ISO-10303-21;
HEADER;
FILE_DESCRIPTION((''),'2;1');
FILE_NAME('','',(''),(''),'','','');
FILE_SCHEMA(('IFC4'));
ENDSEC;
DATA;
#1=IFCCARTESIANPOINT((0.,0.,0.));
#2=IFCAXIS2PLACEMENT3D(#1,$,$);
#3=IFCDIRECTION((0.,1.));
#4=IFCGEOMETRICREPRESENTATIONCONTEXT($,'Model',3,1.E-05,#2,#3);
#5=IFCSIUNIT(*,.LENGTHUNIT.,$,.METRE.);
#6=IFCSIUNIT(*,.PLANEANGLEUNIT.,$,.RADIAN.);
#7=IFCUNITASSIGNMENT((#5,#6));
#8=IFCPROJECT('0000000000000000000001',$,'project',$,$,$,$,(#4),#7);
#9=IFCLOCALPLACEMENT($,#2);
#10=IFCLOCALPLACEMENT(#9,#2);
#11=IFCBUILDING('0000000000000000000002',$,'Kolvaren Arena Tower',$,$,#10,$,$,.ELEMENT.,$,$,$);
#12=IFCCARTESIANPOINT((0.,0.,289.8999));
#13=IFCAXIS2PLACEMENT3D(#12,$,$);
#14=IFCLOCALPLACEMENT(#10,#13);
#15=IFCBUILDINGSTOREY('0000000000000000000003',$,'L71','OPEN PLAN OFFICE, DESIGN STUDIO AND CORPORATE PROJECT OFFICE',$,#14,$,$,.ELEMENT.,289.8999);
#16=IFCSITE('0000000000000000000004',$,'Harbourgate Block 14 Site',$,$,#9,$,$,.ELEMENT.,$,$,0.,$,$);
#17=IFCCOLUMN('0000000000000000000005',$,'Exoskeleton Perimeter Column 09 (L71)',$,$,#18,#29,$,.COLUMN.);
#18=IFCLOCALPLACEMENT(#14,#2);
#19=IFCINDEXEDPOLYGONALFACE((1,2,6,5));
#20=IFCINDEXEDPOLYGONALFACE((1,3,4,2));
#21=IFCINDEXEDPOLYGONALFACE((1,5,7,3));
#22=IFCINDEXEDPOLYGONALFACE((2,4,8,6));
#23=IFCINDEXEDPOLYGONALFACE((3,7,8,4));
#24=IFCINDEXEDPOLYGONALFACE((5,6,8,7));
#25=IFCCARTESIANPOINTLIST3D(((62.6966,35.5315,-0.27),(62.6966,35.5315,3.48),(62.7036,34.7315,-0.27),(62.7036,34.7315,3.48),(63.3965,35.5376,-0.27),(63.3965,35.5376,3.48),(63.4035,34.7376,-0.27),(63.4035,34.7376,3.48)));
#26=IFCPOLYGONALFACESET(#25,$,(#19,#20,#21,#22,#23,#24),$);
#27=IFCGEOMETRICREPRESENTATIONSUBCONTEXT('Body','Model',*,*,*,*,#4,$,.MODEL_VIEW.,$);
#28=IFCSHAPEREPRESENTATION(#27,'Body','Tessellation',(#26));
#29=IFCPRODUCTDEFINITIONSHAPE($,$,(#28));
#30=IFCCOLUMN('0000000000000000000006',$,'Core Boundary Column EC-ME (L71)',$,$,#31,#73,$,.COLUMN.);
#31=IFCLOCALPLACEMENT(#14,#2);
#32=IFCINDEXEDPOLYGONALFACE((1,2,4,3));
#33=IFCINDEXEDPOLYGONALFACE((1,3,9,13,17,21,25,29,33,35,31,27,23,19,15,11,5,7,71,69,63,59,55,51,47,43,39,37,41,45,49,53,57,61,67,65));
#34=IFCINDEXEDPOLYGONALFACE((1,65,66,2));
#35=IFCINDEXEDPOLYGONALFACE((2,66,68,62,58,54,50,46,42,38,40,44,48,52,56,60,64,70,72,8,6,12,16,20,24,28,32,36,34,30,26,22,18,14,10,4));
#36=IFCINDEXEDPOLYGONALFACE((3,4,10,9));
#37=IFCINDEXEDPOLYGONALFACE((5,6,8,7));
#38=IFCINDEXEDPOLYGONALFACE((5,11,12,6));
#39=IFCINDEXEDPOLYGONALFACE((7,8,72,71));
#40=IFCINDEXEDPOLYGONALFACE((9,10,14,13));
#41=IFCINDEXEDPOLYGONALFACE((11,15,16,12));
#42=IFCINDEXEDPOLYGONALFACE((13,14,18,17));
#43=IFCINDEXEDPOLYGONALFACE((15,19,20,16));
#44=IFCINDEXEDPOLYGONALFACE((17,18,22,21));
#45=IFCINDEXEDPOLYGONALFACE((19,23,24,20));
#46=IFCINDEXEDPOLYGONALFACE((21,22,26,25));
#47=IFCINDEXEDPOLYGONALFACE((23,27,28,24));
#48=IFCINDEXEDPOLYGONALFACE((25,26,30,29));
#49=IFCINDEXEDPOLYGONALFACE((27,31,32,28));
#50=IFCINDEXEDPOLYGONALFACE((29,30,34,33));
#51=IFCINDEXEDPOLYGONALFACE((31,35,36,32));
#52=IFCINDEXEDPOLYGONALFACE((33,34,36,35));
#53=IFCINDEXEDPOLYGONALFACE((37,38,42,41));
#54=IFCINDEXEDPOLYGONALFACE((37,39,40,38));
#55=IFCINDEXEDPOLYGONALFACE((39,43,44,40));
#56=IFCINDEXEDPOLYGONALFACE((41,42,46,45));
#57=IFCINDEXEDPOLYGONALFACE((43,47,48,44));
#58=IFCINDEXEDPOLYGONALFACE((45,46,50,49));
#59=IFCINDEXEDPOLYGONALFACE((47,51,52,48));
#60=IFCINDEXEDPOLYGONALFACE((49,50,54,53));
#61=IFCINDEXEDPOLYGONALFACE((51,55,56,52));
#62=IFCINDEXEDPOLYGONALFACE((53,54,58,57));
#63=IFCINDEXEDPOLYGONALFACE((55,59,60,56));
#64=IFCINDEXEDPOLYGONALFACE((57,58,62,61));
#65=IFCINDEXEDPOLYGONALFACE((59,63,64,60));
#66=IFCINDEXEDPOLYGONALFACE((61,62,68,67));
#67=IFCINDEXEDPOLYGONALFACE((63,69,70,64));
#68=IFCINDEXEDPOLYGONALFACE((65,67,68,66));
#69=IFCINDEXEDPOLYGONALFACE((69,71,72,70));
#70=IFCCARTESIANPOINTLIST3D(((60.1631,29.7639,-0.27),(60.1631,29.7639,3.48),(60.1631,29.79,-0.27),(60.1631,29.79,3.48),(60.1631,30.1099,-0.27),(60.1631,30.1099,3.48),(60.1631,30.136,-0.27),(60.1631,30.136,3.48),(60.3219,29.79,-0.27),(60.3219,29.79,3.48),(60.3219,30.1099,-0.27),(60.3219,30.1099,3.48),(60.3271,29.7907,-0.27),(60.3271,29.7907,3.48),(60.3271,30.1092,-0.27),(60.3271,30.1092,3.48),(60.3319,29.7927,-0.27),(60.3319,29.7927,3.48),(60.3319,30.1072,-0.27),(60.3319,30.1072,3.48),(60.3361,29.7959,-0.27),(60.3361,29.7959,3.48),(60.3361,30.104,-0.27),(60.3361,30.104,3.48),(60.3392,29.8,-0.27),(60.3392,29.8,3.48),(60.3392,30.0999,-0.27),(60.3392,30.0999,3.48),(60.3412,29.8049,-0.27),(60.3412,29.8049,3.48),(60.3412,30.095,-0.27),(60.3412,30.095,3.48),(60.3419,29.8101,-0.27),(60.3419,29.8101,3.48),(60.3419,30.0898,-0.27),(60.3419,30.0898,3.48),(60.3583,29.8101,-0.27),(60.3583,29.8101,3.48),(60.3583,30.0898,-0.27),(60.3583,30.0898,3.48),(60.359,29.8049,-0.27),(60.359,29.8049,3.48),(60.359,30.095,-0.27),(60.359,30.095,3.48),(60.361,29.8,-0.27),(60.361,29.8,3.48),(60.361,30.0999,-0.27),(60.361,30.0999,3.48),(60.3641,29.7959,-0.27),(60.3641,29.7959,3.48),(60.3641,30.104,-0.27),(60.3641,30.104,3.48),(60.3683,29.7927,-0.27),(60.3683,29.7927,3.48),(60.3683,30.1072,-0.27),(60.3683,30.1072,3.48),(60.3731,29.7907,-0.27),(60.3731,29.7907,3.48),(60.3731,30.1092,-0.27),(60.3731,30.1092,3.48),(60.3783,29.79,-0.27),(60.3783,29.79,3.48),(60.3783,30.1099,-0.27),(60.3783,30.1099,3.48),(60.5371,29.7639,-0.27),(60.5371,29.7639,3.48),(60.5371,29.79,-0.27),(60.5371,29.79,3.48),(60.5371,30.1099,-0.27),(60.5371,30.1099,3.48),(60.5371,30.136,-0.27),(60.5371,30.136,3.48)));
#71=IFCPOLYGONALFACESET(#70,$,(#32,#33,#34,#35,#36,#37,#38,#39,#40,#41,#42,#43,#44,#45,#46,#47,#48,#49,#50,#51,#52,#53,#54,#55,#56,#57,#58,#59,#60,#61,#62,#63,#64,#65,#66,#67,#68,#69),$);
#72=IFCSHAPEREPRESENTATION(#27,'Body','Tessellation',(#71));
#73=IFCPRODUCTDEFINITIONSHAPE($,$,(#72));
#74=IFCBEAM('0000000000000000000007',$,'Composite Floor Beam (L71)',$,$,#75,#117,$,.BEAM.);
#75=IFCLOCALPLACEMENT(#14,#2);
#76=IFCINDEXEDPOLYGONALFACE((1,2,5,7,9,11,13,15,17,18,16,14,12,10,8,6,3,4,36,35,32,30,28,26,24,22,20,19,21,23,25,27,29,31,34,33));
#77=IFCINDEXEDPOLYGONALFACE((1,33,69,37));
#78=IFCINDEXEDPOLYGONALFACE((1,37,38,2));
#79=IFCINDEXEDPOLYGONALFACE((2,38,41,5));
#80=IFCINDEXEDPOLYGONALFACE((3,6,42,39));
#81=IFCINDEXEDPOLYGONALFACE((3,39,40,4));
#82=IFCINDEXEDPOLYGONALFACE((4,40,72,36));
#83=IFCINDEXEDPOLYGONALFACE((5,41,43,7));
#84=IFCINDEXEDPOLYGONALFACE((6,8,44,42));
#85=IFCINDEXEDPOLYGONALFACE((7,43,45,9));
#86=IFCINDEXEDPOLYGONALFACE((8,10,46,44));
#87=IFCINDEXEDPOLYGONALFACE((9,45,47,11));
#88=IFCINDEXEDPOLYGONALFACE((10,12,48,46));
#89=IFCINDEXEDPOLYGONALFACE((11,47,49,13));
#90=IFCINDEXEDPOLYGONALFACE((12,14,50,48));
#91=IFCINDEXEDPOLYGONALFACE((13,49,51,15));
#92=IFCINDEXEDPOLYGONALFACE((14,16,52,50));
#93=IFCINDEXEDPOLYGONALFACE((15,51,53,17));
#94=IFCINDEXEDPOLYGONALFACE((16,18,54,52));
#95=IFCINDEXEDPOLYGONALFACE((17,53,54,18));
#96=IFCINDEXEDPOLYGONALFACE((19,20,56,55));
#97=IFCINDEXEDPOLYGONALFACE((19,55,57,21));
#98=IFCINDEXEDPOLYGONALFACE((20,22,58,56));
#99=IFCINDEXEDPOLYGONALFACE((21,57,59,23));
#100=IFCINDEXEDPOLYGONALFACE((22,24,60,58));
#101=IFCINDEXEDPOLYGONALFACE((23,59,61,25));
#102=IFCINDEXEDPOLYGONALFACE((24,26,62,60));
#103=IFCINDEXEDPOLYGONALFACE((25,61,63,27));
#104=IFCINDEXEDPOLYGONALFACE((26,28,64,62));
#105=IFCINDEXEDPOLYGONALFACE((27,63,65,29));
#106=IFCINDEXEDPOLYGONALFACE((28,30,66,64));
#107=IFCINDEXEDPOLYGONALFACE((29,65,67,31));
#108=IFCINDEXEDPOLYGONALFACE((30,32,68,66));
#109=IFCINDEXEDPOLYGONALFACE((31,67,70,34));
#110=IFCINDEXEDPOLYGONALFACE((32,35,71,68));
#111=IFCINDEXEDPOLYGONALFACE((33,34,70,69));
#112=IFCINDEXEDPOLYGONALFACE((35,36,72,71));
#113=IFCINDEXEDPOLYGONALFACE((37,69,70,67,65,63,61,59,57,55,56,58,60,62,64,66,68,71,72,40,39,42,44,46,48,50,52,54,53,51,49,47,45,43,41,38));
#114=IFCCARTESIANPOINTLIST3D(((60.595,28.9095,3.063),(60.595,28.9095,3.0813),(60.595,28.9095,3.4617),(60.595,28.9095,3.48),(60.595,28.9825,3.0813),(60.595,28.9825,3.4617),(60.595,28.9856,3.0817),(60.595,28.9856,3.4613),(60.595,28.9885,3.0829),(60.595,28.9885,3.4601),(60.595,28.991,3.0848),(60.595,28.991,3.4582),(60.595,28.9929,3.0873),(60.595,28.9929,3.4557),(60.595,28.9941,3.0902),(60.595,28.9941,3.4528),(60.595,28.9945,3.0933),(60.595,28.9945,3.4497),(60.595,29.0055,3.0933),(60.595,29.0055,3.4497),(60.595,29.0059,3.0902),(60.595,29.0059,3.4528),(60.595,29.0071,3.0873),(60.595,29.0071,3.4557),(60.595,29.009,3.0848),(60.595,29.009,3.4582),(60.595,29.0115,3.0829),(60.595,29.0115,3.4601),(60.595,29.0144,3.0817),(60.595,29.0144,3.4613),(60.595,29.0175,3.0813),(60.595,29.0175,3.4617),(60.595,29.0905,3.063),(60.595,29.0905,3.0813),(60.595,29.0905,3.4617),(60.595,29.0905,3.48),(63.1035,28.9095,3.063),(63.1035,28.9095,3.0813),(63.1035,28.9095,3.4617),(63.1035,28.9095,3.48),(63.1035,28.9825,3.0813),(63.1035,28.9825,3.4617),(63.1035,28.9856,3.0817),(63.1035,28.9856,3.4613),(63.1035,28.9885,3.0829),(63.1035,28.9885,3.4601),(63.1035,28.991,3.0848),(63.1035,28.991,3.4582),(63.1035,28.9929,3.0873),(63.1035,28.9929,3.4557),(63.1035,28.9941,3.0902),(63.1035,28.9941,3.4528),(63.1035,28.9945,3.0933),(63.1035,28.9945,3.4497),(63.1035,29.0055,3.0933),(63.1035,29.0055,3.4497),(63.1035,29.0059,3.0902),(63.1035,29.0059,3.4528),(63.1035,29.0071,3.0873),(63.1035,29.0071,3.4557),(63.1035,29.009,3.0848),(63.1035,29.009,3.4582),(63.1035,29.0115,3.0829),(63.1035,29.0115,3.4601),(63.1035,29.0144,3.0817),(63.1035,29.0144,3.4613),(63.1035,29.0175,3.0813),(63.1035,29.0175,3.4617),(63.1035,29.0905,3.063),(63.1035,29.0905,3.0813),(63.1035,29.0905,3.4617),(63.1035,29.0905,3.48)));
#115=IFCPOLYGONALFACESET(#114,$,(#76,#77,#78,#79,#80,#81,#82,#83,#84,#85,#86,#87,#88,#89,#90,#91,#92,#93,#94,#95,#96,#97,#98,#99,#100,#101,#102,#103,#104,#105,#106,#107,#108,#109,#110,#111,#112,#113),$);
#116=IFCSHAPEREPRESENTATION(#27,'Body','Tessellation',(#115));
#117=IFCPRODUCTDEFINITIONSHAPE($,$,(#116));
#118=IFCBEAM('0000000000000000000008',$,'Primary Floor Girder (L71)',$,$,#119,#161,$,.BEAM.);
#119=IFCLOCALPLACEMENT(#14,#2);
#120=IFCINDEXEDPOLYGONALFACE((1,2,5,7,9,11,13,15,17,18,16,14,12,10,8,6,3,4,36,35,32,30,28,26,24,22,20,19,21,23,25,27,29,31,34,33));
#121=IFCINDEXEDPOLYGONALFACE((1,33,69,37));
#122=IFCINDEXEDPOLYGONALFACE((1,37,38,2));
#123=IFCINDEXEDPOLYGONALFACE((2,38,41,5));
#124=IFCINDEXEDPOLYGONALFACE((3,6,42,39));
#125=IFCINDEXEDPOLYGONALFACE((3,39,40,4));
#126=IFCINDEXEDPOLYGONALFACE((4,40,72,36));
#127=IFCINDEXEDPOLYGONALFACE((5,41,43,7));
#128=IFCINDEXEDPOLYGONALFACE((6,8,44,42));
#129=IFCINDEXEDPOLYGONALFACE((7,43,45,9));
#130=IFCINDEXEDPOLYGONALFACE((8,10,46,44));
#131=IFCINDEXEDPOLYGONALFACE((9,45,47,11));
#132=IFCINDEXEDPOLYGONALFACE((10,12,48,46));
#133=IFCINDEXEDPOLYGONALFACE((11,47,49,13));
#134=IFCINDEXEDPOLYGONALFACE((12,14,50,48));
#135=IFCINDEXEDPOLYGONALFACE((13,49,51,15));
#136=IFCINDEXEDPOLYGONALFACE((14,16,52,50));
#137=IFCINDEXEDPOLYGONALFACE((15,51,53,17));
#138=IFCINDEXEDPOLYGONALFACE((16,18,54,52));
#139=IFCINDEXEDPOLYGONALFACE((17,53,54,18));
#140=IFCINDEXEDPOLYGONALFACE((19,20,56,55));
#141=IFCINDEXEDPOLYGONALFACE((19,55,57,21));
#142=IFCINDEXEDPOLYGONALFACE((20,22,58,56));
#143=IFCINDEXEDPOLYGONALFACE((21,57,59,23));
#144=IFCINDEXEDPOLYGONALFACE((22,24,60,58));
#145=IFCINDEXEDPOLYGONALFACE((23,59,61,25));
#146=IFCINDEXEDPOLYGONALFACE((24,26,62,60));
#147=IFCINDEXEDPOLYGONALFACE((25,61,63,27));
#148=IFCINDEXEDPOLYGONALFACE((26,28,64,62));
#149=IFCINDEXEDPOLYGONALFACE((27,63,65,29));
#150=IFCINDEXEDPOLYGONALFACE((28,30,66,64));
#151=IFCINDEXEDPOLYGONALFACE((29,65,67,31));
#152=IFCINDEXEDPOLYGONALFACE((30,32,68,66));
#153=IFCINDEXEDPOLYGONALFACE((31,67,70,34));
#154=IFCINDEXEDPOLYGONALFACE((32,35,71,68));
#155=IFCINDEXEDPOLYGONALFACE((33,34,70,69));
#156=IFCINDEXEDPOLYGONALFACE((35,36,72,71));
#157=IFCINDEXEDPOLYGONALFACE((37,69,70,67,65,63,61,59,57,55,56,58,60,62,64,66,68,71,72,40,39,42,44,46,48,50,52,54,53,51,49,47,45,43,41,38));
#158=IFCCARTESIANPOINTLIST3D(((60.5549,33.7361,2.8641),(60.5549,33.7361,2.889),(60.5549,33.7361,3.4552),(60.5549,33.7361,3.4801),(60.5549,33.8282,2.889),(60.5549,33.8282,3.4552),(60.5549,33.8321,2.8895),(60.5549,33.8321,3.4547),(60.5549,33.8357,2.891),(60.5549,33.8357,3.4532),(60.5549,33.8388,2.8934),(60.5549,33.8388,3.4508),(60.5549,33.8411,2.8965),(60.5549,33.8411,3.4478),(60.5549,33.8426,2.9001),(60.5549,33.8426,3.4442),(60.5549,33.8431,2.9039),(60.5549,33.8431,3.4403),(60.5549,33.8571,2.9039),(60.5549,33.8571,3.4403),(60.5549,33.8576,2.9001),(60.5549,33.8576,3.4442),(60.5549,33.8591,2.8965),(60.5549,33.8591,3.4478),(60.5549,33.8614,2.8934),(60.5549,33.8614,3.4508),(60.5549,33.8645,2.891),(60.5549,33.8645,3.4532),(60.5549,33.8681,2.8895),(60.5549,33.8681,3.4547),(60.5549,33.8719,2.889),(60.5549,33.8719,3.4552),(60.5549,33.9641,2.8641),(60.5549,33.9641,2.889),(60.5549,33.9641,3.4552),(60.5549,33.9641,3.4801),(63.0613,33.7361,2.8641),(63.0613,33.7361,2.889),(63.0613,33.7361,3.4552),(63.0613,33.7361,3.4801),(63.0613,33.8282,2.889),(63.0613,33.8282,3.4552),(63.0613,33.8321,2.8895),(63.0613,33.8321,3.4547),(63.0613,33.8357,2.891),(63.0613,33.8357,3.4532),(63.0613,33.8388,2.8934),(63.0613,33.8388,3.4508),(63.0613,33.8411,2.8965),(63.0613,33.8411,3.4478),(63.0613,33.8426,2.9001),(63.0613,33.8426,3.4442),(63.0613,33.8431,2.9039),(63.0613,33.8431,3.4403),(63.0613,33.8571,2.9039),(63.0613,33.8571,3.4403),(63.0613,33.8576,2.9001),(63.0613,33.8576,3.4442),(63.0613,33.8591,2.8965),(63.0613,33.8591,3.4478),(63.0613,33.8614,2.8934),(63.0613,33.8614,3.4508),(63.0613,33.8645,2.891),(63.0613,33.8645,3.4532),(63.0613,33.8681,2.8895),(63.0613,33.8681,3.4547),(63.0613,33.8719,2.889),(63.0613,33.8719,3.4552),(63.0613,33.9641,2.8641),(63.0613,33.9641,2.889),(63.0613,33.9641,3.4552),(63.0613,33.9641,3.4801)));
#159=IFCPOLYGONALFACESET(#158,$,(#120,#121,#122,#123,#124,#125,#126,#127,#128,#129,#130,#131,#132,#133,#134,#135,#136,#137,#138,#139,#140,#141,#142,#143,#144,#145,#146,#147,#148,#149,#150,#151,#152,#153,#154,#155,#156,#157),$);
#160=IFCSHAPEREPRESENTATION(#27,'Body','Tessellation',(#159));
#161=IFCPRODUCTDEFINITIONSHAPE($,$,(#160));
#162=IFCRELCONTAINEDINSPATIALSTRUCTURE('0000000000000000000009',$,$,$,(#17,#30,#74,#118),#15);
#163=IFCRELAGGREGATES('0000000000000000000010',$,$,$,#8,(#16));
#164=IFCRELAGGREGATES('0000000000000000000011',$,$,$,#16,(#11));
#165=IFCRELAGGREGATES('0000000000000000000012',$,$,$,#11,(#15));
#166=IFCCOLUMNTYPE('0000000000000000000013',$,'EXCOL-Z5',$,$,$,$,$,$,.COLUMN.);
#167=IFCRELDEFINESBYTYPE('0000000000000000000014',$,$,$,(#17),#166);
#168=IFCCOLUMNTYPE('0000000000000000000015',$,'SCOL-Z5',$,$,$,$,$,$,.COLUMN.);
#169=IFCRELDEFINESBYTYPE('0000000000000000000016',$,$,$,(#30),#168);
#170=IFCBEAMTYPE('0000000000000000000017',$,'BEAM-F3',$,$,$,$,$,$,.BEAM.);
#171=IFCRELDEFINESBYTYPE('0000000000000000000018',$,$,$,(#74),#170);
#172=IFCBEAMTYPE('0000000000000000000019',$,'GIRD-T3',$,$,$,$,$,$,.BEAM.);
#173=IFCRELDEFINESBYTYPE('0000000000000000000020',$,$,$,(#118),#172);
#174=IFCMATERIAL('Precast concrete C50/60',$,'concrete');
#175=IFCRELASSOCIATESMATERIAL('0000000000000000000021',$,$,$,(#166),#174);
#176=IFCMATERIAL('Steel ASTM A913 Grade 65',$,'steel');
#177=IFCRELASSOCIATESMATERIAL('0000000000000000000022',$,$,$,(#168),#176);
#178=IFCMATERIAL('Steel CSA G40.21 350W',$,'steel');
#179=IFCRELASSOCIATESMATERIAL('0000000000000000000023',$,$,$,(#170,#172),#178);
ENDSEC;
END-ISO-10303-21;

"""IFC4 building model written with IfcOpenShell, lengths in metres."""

from ifc_helpers import new_model, si_unit, direction, frame, origin, origin_2d, place, context, subcontext, project, spatial, rectangle, i_section, extrude, material, material_profile, profile_set, type_object, element, save


model = new_model("IFC4")

# Units and contexts
model_context = context("Model", 3, precision=1e-05, world=origin(), true_north=direction((0.0, 1.0)))
body_context = subcontext(model_context, "Body", "Model", "MODEL_VIEW")
ifc_project = project(units=[si_unit("LENGTHUNIT", "METRE"), si_unit("PLANEANGLEUNIT", "RADIAN")], contexts=[model_context])

# Site, building, storey
site_placement = place(None, origin())
site = spatial("IfcSite", under=ifc_project, at=site_placement, Name="Harbourgate Block 14 Site", CompositionType="ELEMENT", RefElevation=0.0)
building_placement = place(site_placement, origin())
building = spatial("IfcBuilding", under=site, at=building_placement, Name="Kolvaren Arena Tower", CompositionType="ELEMENT")
storey_placement = place(building_placement, frame((0.0, 0.0, 289.8999)))
storey = spatial("IfcBuildingStorey", under=building, at=storey_placement, Name="L71", Description="OPEN PLAN OFFICE, DESIGN STUDIO AND CORPORATE PROJECT OFFICE", CompositionType="ELEMENT", Elevation=289.8999)

# Columns
ifc_material_1 = material(Name="Precast concrete C50/60", Category="concrete")
ifc_material_profile_1 = material_profile(ifc_material_1, rectangle(XDim=0.8, YDim=0.7, at=origin_2d()), Name="RC-800x700")
ifc_profile_set_1 = profile_set([ifc_material_profile_1], Name="Precast concrete C50/60")
column_type_1 = type_object("IfcColumnType", Name="EXCOL-Z5", PredefinedType="COLUMN", material=ifc_profile_set_1)
column_1_placement = place(storey_placement, frame((63.05, 35.1345, -0.27), z_axis=(0.0, 0.0, 1.0), x_axis=(-0.008727, 0.999962, 0.0)))
element("IfcColumn", 1, at=column_1_placement, inside=storey, type_object=column_type_1, Name="Exoskeleton Perimeter Column 09 (L71)", PredefinedType="COLUMN", context=body_context, shape_type="SweptSolid", body=[
    extrude(rectangle(XDim=0.8, YDim=0.7, at=origin_2d()), origin(), (0.0, 0.0, 1.0), 3.75),
])
ifc_material_2 = material(Name="Steel ASTM A913 Grade 65", Category="steel")
ifc_material_profile_2 = material_profile(ifc_material_2, i_section(OverallWidth=0.374, OverallDepth=0.3721, WebThickness=0.0164, FlangeThickness=0.0261, FilletRadius=0.02, at=origin_2d()), Name="W360x196")
ifc_profile_set_2 = profile_set([ifc_material_profile_2], Name="Steel ASTM A913 Grade 65")
column_type_2 = type_object("IfcColumnType", Name="SCOL-Z5", PredefinedType="COLUMN", material=ifc_profile_set_2)
column_2_placement = place(storey_placement, frame((60.3501, 29.95, -0.27), z_axis=(0.0, 0.0, 1.0), x_axis=(1.0, 0.0, 0.0)))
element("IfcColumn", 2, at=column_2_placement, inside=storey, type_object=column_type_2, Name="Core Boundary Column EC-ME (L71)", PredefinedType="COLUMN", context=body_context, shape_type="SweptSolid", body=[
    extrude(i_section(OverallWidth=0.374, OverallDepth=0.3721, WebThickness=0.0164, FlangeThickness=0.0261, FilletRadius=0.02, at=origin_2d()), origin(), (0.0, 0.0, 1.0), 3.75),
])

# Beams
ifc_material_3 = material(Name="Steel CSA G40.21 350W", Category="steel")
ifc_material_profile_3 = material_profile(ifc_material_3, i_section(OverallWidth=0.1809, OverallDepth=0.417, WebThickness=0.011, FlangeThickness=0.0183, FilletRadius=0.012, at=origin_2d()), Name="W410x85")
ifc_profile_set_3 = profile_set([ifc_material_profile_3], Name="Steel CSA G40.21 350W")
beam_type_1 = type_object("IfcBeamType", Name="BEAM-F3", PredefinedType="BEAM", material=ifc_profile_set_3)
beam_1_placement = place(storey_placement, frame((60.595, 29.0, 3.2715), z_axis=(1.0, 0.0, 0.0), x_axis=(0.0, 1.0, 0.0)))
element("IfcBeam", 3, at=beam_1_placement, inside=storey, type_object=beam_type_1, Name="Composite Floor Beam (L71)", PredefinedType="BEAM", context=body_context, shape_type="SweptSolid", body=[
    extrude(i_section(OverallWidth=0.1809, OverallDepth=0.417, WebThickness=0.011, FlangeThickness=0.0183, FilletRadius=0.012, at=origin_2d()), origin(), (0.0, 0.0, 1.0), 2.5085),
])
ifc_material_profile_4 = material_profile(ifc_material_3, i_section(OverallWidth=0.228, OverallDepth=0.616, WebThickness=0.0139, FlangeThickness=0.0249, FilletRadius=0.0149, at=origin_2d()), Name="W610x174")
ifc_profile_set_4 = profile_set([ifc_material_profile_4], Name="Steel CSA G40.21 350W")
beam_type_2 = type_object("IfcBeamType", Name="GIRD-T3", PredefinedType="BEAM", material=ifc_profile_set_4)
beam_2_placement = place(storey_placement, frame((60.5549, 33.8501, 3.1721), z_axis=(1.0, 0.0, 0.0), x_axis=(0.0, 1.0, 0.0)))
element("IfcBeam", 4, at=beam_2_placement, inside=storey, type_object=beam_type_2, Name="Primary Floor Girder (L71)", PredefinedType="BEAM", context=body_context, shape_type="SweptSolid", body=[
    extrude(i_section(OverallWidth=0.228, OverallDepth=0.616, WebThickness=0.0139, FlangeThickness=0.0249, FilletRadius=0.0149, at=origin_2d()), origin(), (0.0, 0.0, 1.0), 2.5063),
])

save(model, "model.ifc")
